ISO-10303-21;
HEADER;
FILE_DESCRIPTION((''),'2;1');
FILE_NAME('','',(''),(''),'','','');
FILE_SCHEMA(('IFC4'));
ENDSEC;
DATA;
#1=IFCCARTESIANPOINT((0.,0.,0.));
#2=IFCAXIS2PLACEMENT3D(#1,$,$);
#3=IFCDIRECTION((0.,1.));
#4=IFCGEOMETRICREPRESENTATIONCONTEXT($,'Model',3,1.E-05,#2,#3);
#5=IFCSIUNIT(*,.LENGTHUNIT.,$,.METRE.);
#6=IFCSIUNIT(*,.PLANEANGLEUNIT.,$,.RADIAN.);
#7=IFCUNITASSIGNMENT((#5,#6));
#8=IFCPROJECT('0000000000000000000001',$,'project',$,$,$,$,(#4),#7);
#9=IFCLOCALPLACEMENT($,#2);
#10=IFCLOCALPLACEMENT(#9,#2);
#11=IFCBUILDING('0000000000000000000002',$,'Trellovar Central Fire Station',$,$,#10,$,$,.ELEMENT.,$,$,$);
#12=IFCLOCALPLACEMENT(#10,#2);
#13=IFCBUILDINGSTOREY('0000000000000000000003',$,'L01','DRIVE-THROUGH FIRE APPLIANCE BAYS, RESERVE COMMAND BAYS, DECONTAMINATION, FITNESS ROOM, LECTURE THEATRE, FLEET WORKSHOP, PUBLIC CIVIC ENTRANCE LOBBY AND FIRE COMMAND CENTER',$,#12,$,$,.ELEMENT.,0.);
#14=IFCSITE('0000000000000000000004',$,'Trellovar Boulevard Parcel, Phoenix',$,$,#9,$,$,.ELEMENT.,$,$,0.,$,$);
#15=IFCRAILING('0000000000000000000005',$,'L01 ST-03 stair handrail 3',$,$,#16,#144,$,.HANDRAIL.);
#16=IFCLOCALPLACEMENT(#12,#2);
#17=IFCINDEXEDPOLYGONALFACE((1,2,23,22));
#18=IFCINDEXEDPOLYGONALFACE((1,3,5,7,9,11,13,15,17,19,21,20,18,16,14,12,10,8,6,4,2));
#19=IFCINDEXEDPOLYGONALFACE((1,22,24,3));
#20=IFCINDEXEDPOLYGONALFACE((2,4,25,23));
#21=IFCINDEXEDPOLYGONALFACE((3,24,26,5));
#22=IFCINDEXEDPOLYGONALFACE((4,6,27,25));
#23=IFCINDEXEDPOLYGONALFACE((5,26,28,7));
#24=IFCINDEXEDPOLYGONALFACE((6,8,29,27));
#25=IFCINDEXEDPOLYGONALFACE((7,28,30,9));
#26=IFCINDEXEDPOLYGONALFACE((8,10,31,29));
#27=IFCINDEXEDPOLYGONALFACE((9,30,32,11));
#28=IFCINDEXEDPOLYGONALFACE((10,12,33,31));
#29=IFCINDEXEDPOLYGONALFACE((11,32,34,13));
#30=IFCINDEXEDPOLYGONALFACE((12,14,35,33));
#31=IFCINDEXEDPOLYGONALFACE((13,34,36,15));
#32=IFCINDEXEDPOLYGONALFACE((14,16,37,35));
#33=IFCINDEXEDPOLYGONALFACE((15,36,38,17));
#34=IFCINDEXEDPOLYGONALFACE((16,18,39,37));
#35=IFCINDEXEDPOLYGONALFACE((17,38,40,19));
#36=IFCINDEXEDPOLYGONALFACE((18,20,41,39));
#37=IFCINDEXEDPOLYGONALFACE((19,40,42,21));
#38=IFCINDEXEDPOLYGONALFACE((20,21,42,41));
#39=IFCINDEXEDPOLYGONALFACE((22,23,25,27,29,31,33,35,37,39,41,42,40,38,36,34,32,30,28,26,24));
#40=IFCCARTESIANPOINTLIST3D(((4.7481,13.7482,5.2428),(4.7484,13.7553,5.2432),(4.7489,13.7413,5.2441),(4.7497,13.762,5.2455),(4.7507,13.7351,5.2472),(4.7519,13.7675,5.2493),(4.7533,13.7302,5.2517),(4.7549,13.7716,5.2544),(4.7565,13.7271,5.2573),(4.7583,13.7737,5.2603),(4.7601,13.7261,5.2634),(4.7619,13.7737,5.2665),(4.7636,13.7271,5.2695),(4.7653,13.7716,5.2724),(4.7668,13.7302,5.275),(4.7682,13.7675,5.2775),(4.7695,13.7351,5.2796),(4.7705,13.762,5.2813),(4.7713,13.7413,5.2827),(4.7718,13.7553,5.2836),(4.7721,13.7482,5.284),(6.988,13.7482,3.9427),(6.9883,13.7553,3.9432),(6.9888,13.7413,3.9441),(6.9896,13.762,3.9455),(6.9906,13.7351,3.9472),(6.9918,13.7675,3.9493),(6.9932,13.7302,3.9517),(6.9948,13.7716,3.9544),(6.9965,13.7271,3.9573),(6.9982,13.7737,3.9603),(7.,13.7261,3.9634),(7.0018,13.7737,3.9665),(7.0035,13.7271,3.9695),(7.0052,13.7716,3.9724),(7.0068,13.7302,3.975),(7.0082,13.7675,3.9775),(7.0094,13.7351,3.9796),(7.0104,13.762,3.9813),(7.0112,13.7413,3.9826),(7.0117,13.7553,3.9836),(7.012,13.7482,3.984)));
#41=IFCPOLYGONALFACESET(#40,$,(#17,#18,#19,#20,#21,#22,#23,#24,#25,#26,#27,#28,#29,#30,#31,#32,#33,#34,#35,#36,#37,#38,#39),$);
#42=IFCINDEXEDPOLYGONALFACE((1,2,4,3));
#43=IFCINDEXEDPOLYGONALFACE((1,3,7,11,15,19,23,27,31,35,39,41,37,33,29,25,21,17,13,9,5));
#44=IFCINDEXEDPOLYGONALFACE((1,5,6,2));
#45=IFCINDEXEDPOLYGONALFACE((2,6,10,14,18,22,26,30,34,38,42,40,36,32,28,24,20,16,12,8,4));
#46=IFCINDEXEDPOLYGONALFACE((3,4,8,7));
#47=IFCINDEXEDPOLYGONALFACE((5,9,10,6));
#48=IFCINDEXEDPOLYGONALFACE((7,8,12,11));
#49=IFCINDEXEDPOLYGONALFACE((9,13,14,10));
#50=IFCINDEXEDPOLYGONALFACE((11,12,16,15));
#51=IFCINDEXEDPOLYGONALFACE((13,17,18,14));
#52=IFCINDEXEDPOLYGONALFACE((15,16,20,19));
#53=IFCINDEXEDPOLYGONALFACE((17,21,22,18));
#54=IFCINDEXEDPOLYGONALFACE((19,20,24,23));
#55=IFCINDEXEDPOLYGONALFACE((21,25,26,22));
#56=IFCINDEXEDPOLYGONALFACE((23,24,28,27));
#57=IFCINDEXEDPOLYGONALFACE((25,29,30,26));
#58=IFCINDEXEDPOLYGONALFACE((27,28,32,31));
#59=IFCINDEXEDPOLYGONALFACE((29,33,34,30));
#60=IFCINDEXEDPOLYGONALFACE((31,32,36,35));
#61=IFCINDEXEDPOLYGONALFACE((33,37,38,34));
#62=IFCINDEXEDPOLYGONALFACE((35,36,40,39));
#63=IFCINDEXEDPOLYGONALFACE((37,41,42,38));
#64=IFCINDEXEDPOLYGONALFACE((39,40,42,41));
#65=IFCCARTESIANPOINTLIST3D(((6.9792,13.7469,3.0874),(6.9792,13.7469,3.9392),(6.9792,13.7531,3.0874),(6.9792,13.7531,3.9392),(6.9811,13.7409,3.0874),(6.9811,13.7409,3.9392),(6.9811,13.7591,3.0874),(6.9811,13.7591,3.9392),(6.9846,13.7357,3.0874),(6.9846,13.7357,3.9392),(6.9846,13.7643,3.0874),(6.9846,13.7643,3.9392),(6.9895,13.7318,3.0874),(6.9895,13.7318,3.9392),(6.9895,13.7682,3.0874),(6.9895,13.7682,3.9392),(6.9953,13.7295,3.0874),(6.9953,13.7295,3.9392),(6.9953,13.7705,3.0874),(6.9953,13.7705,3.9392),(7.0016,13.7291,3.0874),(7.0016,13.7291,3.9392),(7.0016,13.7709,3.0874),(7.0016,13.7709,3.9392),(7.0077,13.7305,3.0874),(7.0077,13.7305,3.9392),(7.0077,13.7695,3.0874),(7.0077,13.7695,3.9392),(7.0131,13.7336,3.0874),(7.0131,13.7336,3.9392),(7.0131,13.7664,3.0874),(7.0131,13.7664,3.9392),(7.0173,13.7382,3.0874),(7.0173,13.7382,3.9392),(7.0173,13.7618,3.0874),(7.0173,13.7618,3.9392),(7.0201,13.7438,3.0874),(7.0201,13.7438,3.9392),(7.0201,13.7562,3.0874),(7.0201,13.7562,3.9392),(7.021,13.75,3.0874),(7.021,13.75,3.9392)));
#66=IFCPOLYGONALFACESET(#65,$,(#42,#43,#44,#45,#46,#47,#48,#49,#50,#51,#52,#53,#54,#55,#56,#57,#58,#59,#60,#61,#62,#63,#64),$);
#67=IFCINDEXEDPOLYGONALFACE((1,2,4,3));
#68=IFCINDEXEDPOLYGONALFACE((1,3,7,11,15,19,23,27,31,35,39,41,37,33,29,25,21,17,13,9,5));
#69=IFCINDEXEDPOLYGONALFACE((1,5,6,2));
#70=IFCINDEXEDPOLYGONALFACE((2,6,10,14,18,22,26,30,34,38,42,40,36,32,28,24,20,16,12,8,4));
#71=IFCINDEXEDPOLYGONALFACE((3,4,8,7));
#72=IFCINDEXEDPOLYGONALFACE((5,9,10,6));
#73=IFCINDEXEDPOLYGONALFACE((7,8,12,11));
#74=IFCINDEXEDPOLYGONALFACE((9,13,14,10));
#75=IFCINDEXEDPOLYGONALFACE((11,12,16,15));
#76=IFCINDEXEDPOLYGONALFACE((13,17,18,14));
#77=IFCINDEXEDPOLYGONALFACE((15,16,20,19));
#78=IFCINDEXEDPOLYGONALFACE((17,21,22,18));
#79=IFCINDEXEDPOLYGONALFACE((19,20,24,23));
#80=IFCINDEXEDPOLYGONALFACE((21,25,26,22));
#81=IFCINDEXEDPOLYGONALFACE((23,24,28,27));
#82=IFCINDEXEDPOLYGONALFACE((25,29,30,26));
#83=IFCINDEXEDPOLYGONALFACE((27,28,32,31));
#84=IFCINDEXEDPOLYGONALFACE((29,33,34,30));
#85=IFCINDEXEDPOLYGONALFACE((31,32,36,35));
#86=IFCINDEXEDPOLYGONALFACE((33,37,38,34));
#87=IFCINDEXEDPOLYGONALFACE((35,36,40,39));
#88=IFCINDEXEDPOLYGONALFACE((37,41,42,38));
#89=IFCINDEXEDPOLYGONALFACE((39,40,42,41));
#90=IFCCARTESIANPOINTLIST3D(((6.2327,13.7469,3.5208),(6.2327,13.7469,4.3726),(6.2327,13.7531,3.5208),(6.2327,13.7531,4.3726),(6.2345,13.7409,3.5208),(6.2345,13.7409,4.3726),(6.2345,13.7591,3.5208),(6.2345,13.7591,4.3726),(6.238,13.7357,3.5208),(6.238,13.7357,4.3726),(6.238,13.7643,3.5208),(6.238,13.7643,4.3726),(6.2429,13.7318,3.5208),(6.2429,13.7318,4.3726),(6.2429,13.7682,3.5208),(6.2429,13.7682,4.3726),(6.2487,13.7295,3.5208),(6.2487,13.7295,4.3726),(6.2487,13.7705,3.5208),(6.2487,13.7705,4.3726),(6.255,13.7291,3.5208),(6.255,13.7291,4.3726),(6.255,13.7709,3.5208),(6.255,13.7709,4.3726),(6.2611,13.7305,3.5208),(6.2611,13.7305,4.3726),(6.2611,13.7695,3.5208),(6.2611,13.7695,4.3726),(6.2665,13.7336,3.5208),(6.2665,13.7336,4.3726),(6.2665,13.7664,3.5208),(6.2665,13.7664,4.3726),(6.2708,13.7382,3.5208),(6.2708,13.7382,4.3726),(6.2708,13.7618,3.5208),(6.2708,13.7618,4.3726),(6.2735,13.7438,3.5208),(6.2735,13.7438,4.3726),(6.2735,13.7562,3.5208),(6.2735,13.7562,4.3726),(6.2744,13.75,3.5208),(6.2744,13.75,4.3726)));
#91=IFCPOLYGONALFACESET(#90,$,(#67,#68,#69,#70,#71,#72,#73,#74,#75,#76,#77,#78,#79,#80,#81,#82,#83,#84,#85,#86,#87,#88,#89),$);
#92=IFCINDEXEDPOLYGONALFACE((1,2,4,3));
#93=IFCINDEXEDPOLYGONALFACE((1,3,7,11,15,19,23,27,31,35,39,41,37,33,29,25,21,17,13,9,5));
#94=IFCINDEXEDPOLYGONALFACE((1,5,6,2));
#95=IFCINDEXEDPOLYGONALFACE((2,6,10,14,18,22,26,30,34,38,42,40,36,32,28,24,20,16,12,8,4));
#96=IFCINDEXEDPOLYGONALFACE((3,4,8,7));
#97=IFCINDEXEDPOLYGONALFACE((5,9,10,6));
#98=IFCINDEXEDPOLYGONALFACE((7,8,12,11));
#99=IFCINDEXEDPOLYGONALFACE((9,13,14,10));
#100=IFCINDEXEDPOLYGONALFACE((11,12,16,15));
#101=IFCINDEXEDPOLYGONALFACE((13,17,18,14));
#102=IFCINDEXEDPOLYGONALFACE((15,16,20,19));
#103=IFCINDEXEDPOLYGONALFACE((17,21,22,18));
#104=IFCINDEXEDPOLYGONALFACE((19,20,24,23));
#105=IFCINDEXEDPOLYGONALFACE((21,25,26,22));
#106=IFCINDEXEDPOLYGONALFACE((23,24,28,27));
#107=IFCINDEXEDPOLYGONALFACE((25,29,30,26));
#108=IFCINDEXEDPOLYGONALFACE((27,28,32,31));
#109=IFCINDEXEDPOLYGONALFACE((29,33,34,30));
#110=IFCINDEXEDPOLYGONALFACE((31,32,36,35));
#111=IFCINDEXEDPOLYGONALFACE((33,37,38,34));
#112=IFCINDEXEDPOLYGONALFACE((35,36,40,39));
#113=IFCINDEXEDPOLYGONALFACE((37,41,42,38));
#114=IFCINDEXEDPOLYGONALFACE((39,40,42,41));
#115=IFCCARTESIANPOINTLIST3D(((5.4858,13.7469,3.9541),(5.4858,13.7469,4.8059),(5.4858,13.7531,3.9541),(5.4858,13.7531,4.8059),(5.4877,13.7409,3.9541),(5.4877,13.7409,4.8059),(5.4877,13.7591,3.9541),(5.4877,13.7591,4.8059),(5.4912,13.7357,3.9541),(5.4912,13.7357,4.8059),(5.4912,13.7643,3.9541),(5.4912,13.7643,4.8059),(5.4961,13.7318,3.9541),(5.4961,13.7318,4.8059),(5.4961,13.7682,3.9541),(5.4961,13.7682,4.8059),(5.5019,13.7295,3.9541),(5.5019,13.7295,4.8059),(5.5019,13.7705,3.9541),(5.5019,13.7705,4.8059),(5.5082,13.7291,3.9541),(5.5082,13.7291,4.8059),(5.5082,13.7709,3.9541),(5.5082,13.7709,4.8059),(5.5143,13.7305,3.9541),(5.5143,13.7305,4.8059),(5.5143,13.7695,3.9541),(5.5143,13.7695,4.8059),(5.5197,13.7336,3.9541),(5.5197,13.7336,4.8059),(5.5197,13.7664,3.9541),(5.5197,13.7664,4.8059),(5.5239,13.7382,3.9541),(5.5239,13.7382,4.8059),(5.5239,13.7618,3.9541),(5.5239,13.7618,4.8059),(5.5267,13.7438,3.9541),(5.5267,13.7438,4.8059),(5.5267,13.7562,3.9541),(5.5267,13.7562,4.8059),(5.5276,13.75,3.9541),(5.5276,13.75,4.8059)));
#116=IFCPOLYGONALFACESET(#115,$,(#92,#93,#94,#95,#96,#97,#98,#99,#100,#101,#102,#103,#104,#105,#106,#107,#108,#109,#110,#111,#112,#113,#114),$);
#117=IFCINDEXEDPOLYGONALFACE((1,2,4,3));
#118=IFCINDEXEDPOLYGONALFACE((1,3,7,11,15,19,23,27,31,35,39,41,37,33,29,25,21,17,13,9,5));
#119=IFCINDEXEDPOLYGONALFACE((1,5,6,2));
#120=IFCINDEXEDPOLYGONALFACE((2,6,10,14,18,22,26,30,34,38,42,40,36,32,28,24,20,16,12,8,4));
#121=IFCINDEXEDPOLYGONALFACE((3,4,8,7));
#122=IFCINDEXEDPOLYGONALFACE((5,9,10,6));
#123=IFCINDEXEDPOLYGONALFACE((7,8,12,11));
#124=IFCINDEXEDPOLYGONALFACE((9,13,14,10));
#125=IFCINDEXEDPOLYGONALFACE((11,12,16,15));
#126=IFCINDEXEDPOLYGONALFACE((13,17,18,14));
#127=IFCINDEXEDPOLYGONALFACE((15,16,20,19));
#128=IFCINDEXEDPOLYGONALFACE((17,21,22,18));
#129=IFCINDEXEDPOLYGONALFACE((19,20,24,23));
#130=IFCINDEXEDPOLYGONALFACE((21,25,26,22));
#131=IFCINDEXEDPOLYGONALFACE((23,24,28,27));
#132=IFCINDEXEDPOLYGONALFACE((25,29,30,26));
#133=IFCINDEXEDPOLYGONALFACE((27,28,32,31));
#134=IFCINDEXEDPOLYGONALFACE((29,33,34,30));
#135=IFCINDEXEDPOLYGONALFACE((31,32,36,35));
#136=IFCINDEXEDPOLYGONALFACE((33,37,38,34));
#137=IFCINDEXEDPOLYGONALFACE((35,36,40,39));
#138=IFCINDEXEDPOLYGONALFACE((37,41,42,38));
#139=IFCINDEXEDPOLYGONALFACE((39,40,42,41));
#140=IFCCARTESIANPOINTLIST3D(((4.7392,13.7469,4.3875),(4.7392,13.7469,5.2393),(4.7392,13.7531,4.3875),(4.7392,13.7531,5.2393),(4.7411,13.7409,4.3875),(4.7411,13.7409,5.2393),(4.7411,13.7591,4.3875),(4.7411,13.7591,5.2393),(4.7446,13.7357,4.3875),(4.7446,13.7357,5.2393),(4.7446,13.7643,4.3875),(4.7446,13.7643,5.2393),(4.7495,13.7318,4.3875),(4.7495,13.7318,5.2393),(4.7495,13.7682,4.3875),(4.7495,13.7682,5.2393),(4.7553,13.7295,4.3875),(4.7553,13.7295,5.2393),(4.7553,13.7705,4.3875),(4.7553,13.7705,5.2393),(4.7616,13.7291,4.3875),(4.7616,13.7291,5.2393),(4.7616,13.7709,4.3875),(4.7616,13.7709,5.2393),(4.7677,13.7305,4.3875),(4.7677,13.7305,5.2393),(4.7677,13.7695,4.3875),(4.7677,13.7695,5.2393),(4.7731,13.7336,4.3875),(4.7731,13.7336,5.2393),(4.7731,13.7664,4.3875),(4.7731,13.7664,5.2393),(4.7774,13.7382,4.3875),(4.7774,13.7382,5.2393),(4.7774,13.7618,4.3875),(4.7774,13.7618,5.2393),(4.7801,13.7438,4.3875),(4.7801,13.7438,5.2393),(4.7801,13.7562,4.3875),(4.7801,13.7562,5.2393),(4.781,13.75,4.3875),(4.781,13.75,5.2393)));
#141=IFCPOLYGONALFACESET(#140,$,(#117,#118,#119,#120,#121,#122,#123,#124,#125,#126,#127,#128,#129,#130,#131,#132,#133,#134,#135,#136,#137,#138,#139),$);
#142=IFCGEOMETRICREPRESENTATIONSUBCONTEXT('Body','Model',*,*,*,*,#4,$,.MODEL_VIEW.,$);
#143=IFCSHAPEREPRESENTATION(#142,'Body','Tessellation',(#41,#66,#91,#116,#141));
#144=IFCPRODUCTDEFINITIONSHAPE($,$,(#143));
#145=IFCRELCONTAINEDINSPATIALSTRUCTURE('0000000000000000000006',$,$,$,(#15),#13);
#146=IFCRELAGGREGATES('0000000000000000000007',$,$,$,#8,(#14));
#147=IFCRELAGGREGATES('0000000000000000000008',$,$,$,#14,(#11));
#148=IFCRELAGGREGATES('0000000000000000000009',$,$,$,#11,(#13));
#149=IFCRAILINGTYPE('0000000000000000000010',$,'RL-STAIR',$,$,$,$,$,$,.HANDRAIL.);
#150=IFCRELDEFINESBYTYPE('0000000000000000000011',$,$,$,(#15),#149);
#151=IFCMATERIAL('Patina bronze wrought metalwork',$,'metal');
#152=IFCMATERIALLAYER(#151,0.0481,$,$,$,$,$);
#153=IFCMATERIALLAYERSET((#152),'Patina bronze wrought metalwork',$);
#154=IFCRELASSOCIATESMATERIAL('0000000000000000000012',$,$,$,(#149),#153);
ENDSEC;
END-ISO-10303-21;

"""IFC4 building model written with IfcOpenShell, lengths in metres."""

from ifc_helpers import new_model, si_unit, direction, frame, origin, origin_2d, place, context, subcontext, project, spatial, circle, extrude, material, layer, layer_set, type_object, element, save


model = new_model("IFC4")

# Units and contexts
model_context = context("Model", 3, precision=1e-05, world=origin(), true_north=direction((0.0, 1.0)))
body_context = subcontext(model_context, "Body", "Model", "MODEL_VIEW")
ifc_project = project(units=[si_unit("LENGTHUNIT", "METRE"), si_unit("PLANEANGLEUNIT", "RADIAN")], contexts=[model_context])

# Site, building, storey
site_placement = place(None, origin())
site = spatial("IfcSite", under=ifc_project, at=site_placement, Name="Trellovar Boulevard Parcel, Phoenix", CompositionType="ELEMENT", RefElevation=0.0)
building_placement = place(site_placement, origin())
building = spatial("IfcBuilding", under=site, at=building_placement, Name="Trellovar Central Fire Station", CompositionType="ELEMENT")
storey_placement = place(building_placement, origin())
storey = spatial("IfcBuildingStorey", under=building, at=storey_placement, Name="L01", Description="DRIVE-THROUGH FIRE APPLIANCE BAYS, RESERVE COMMAND BAYS, DECONTAMINATION, FITNESS ROOM, LECTURE THEATRE, FLEET WORKSHOP, PUBLIC CIVIC ENTRANCE LOBBY AND FIRE COMMAND CENTER", CompositionType="ELEMENT", Elevation=0.0)

# Railing
ifc_material_1 = material(Name="Patina bronze wrought metalwork", Category="metal")
ifc_layer_1 = layer(ifc_material_1, 0.0481)
ifc_layer_set_1 = layer_set([ifc_layer_1], Name="Patina bronze wrought metalwork")
railing_type_1 = type_object("IfcRailingType", Name="RL-STAIR", PredefinedType="HANDRAIL", material=ifc_layer_set_1)
railing_1_placement = place(storey_placement, frame((7.0, 13.75, 3.0874)))
element("IfcRailing", 1, at=railing_1_placement, inside=storey, type_object=railing_type_1, Name="L01 ST-03 stair handrail 3", PredefinedType="HANDRAIL", context=body_context, shape_type="SweptSolid", body=[
    extrude(circle(Radius=0.0239, at=origin_2d()), frame((0.0, 0.0, 0.876), z_axis=(-0.864888, 0.0, 0.501965), x_axis=(0.0, -1.0, 0.0)), (0.0, 0.0, 1.0), 2.5898),
    extrude(circle(Radius=0.021, at=origin_2d()), origin(), (0.0, 0.0, 1.0), 0.8518),
    extrude(circle(Radius=0.021, at=origin_2d()), frame((-0.7466, 0.0, 0.4333)), (0.0, 0.0, 1.0), 0.8518),
    extrude(circle(Radius=0.021, at=origin_2d()), frame((-1.4934, 0.0, 0.8667)), (0.0, 0.0, 1.0), 0.8518),
    extrude(circle(Radius=0.021, at=origin_2d()), frame((-2.24, 0.0, 1.3)), (0.0, 0.0, 1.0), 0.8518),
])

save(model, "model.ifc")
